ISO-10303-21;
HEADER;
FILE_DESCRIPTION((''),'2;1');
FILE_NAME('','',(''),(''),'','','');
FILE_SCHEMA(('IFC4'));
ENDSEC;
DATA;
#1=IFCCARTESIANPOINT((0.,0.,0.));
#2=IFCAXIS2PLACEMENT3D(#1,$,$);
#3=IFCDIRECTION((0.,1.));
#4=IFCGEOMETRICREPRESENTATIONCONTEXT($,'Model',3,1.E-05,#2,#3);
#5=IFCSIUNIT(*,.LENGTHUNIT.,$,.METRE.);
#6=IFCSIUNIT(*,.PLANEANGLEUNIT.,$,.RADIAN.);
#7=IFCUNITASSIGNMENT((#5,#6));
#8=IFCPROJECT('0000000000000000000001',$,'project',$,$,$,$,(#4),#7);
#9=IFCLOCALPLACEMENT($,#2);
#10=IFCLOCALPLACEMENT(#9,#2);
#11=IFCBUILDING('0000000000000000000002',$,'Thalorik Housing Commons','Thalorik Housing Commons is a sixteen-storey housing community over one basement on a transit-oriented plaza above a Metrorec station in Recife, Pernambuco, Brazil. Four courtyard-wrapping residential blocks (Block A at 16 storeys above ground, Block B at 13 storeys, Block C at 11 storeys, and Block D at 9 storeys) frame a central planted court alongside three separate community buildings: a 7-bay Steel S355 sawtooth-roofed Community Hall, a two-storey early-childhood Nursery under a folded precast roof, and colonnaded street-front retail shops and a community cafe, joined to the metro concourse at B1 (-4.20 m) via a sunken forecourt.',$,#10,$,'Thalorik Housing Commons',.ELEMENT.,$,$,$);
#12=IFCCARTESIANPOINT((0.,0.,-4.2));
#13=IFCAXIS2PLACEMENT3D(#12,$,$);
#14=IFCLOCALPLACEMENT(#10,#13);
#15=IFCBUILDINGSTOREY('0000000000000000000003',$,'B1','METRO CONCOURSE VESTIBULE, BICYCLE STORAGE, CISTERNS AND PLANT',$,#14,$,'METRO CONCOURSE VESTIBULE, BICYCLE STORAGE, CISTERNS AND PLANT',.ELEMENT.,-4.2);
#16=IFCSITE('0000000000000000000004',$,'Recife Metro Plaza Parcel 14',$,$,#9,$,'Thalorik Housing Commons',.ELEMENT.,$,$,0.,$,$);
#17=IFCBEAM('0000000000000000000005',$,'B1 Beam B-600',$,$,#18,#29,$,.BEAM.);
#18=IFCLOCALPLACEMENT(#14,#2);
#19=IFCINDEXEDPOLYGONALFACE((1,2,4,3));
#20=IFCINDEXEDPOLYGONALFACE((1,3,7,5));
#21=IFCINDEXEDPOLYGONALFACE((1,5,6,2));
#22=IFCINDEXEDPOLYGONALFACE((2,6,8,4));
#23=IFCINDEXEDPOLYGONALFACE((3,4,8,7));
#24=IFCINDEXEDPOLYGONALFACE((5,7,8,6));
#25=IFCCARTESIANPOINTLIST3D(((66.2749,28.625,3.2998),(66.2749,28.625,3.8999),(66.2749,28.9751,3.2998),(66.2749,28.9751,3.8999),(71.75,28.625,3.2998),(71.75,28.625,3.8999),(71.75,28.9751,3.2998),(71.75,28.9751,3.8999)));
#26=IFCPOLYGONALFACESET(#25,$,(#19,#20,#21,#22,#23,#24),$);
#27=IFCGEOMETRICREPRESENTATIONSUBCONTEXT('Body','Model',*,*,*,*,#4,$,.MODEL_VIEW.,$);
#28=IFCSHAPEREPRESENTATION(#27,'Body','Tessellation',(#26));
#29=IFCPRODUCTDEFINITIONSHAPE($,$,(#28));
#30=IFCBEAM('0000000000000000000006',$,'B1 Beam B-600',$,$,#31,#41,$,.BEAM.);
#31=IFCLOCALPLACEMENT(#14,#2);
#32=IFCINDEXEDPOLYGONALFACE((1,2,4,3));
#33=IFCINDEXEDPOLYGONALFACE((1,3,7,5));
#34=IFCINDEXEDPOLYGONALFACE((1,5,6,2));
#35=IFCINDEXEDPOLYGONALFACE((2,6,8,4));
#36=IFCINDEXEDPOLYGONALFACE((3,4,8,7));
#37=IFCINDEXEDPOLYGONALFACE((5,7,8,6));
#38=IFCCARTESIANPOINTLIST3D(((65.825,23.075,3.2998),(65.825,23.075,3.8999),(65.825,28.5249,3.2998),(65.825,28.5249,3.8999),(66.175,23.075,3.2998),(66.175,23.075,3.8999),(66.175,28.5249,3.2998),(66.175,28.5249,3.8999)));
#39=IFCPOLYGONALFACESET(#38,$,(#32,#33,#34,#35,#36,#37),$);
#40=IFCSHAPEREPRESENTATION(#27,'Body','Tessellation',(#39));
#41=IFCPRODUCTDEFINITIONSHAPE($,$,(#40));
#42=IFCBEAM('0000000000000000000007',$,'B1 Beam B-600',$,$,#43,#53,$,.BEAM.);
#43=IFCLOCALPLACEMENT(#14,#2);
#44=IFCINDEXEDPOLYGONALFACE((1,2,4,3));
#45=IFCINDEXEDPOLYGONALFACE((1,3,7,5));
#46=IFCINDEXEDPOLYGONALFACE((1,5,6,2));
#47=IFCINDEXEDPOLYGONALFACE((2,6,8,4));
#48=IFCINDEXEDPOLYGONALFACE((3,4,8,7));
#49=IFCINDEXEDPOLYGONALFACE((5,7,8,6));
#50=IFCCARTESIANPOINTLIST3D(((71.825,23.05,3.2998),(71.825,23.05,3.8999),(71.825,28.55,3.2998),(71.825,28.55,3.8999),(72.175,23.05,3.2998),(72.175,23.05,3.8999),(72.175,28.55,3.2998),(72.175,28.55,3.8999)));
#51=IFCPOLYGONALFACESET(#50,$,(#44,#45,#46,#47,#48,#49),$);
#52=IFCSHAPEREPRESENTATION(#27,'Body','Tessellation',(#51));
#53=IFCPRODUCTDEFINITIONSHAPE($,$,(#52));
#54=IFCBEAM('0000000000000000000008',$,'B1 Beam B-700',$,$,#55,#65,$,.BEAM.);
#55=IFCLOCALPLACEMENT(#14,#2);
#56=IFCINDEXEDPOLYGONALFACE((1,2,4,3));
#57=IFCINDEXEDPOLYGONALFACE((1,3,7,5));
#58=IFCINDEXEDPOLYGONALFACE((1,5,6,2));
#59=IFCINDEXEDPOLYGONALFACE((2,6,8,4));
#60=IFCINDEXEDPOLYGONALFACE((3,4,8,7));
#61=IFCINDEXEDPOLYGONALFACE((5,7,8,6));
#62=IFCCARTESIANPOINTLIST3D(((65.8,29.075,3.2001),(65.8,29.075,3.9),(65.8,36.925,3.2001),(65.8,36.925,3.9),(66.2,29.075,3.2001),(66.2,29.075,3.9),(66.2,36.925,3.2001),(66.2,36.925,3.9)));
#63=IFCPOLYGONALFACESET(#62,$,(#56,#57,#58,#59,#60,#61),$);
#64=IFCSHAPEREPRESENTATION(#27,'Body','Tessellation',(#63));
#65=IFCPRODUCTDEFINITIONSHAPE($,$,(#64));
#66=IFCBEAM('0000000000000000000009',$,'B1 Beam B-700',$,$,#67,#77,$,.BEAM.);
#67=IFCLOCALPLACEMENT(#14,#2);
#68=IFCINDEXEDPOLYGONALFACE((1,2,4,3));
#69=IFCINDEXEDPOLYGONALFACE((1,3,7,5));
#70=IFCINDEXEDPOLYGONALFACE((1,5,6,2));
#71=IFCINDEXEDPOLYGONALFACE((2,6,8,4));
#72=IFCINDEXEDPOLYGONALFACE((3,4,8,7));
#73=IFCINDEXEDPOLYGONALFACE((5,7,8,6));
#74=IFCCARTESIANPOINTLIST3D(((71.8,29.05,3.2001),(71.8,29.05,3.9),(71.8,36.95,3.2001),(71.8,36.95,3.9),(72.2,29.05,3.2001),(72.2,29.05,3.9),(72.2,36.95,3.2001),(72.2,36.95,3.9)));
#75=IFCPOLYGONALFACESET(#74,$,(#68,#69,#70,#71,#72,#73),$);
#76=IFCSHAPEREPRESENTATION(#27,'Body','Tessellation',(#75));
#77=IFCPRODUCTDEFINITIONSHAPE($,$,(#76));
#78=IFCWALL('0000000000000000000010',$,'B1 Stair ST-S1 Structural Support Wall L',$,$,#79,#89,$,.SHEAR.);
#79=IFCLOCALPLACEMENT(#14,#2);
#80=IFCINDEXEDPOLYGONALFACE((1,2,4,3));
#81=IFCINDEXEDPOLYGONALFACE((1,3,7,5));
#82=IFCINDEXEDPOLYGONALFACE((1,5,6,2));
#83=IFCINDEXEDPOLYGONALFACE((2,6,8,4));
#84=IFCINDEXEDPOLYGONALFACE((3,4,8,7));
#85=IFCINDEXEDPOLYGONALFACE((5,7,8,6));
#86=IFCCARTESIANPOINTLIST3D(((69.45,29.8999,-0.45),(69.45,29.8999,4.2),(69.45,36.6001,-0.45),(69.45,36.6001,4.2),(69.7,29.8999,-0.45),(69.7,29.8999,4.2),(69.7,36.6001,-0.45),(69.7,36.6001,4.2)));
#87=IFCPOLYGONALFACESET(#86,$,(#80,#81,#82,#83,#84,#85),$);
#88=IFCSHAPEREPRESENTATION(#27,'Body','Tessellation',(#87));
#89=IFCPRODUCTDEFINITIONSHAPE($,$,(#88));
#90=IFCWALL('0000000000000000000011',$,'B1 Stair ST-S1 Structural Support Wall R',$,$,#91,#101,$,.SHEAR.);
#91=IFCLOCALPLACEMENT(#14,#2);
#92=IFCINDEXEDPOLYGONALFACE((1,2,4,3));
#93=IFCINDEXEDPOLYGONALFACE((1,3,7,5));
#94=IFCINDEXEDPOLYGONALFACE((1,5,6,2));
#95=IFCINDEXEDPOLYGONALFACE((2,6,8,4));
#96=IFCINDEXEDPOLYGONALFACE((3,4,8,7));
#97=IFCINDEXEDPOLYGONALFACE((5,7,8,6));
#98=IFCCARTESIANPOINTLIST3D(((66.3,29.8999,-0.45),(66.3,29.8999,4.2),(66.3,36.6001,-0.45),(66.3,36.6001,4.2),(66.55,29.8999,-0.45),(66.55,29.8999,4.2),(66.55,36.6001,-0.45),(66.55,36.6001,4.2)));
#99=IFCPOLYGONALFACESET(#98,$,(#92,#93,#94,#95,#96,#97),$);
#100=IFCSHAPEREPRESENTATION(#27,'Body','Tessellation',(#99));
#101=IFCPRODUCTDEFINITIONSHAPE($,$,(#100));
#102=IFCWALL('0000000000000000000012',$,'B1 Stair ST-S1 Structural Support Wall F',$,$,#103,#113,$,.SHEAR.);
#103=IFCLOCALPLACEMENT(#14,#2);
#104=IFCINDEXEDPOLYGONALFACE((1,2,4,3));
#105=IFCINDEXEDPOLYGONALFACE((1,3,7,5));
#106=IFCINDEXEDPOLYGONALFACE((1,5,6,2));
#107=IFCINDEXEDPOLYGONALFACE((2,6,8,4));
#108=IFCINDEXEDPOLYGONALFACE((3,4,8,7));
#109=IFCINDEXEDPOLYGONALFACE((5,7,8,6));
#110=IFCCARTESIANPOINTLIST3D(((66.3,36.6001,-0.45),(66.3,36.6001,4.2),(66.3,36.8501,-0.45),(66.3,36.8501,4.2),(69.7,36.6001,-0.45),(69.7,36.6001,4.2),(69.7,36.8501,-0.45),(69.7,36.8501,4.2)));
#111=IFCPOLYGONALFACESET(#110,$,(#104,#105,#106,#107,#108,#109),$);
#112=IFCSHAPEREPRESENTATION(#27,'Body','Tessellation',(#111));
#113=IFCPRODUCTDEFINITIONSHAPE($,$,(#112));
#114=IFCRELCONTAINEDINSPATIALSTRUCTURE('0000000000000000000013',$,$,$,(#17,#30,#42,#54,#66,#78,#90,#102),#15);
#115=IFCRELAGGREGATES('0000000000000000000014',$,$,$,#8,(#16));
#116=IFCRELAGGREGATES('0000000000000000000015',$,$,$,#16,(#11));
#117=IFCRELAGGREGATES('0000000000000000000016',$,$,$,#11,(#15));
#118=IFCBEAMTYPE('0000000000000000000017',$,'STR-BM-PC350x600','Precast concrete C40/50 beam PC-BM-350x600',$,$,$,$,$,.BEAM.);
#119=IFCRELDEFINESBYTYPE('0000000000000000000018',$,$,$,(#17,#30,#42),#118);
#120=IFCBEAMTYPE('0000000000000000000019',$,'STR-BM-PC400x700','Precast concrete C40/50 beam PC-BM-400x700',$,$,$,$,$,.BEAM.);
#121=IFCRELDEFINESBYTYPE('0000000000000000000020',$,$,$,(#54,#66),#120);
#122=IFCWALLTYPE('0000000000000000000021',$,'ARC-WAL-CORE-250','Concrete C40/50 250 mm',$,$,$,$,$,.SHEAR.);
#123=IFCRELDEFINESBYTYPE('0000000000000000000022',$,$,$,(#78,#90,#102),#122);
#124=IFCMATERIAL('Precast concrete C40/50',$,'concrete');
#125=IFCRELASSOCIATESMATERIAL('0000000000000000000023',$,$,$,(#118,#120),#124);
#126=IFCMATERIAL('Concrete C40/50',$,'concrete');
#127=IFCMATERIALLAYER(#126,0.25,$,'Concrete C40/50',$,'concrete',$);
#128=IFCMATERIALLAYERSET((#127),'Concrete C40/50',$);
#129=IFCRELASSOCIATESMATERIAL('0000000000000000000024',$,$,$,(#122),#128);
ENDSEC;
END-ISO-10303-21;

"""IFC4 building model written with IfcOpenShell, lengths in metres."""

from ifc_helpers import new_model, si_unit, direction, frame, frame_2d, origin, origin_2d, place, context, subcontext, project, spatial, rectangle, extrude, material, layer, layer_set, material_profile, profile_set, type_object, element, save


model = new_model("IFC4")

# Units and contexts
model_context = context("Model", 3, precision=1e-05, world=origin(), true_north=direction((0.0, 1.0)))
body_context = subcontext(model_context, "Body", "Model", "MODEL_VIEW")
ifc_project = project(units=[si_unit("LENGTHUNIT", "METRE"), si_unit("PLANEANGLEUNIT", "RADIAN")], contexts=[model_context])

# Site, building, storey
site_placement = place(None, origin())
site = spatial("IfcSite", under=ifc_project, at=site_placement, Name="Recife Metro Plaza Parcel 14", LongName="Thalorik Housing Commons", CompositionType="ELEMENT", RefElevation=0.0)
building_placement = place(site_placement, origin())
building = spatial("IfcBuilding", under=site, at=building_placement, Name="Thalorik Housing Commons", Description="Thalorik Housing Commons is a sixteen-storey housing community over one basement on a transit-oriented plaza above a Metrorec station in Recife, Pernambuco, Brazil. Four courtyard-wrapping residential blocks (Block A at 16 storeys above ground, Block B at 13 storeys, Block C at 11 storeys, and Block D at 9 storeys) frame a central planted court alongside three separate community buildings: a 7-bay Steel S355 sawtooth-roofed Community Hall, a two-storey early-childhood Nursery under a folded precast roof, and colonnaded street-front retail shops and a community cafe, joined to the metro concourse at B1 (-4.20 m) via a sunken forecourt.", LongName="Thalorik Housing Commons", CompositionType="ELEMENT")
storey_placement = place(building_placement, frame((0.0, 0.0, -4.2)))
storey = spatial("IfcBuildingStorey", under=building, at=storey_placement, Name="B1", Description="METRO CONCOURSE VESTIBULE, BICYCLE STORAGE, CISTERNS AND PLANT", LongName="METRO CONCOURSE VESTIBULE, BICYCLE STORAGE, CISTERNS AND PLANT", CompositionType="ELEMENT", Elevation=-4.2)

# Shared definitions
ifc_material_1 = material(Name="Concrete C40/50", Category="concrete")

# Shared definitions
ifc_material_2 = material(Name="Precast concrete C40/50", Category="concrete")

# Beams
ifc_material_profile_1 = material_profile(ifc_material_2, rectangle(XDim=0.3501, YDim=0.6001, at=origin_2d()), Name="PC 350x600", Category="concrete")
ifc_profile_set_1 = profile_set([ifc_material_profile_1], Name="Precast concrete C40/50")
beam_type_1 = type_object("IfcBeamType", Name="STR-BM-PC350x600", Description="Precast concrete C40/50 beam PC-BM-350x600", PredefinedType="BEAM", material=ifc_profile_set_1)
for number, where, z_axis, x_axis, name in (
    (1, (66.2749, 28.8, 3.5999), (1.0, 0.0, 0.0), (0.0, 1.0, 0.0), "B1 Beam B-600"),
):
    element("IfcBeam", number, at=place(storey_placement, frame(where, z_axis=z_axis, x_axis=x_axis)), inside=storey, type_object=beam_type_1, Name=name, PredefinedType="BEAM", context=body_context, shape_type="SweptSolid", body=[
        extrude(rectangle(XDim=0.3501, YDim=0.6001, at=origin_2d()), origin(), (0.0, 0.0, 1.0), 5.4751),
    ])
beam_1_placement = place(storey_placement, frame((66.0, 23.075, 3.5999), z_axis=(0.0, 1.0, 0.0), x_axis=(-1.0, 0.0, 0.0)))
element("IfcBeam", 2, at=beam_1_placement, inside=storey, type_object=beam_type_1, Name="B1 Beam B-600", PredefinedType="BEAM", context=body_context, shape_type="SweptSolid", body=[
    extrude(rectangle(XDim=0.3501, YDim=0.6001, at=origin_2d()), origin(), (0.0, 0.0, 1.0), 5.45),
])
beam_2_placement = place(storey_placement, frame((72.0, 23.05, 3.5999), z_axis=(0.0, 1.0, 0.0), x_axis=(-1.0, 0.0, 0.0)))
element("IfcBeam", 3, at=beam_2_placement, inside=storey, type_object=beam_type_1, Name="B1 Beam B-600", PredefinedType="BEAM", context=body_context, shape_type="SweptSolid", body=[
    extrude(rectangle(XDim=0.3501, YDim=0.6001, at=origin_2d()), origin(), (0.0, 0.0, 1.0), 5.5),
])
ifc_material_profile_2 = material_profile(ifc_material_2, rectangle(XDim=0.3999, YDim=0.7, at=origin_2d()), Name="PC 400x700", Category="concrete")
ifc_profile_set_2 = profile_set([ifc_material_profile_2], Name="Precast concrete C40/50")
beam_type_2 = type_object("IfcBeamType", Name="STR-BM-PC400x700", Description="Precast concrete C40/50 beam PC-BM-400x700", PredefinedType="BEAM", material=ifc_profile_set_2)
beam_3_placement = place(storey_placement, frame((66.0, 29.075, 3.55), z_axis=(0.0, 1.0, 0.0), x_axis=(-1.0, 0.0, 0.0)))
element("IfcBeam", 4, at=beam_3_placement, inside=storey, type_object=beam_type_2, Name="B1 Beam B-700", PredefinedType="BEAM", context=body_context, shape_type="SweptSolid", body=[
    extrude(rectangle(XDim=0.3999, YDim=0.7, at=origin_2d()), origin(), (0.0, 0.0, 1.0), 7.8501),
])
beam_4_placement = place(storey_placement, frame((72.0, 29.05, 3.55), z_axis=(0.0, 1.0, 0.0), x_axis=(-1.0, 0.0, 0.0)))
element("IfcBeam", 5, at=beam_4_placement, inside=storey, type_object=beam_type_2, Name="B1 Beam B-700", PredefinedType="BEAM", context=body_context, shape_type="SweptSolid", body=[
    extrude(rectangle(XDim=0.3999, YDim=0.7, at=origin_2d()), origin(), (0.0, 0.0, 1.0), 7.8999),
])

# Walls
ifc_layer = layer(ifc_material_1, 0.25, Name="Concrete C40/50", Category="concrete")
ifc_layer_set = layer_set([ifc_layer], Name="Concrete C40/50")
wall_type = type_object("IfcWallType", Name="ARC-WAL-CORE-250", Description="Concrete C40/50 250 mm", PredefinedType="SHEAR", material=ifc_layer_set)
for number, where, z_axis, x_axis, name in (
    (6, (69.575, 29.8999, -0.45), (0.0, 0.0, 1.0), (0.0, 1.0, 0.0), "B1 Stair ST-S1 Structural Support Wall L"),
    (7, (66.425, 29.8999, -0.45), (0.0, 0.0, 1.0), (0.0, 1.0, 0.0), "B1 Stair ST-S1 Structural Support Wall R"),
):
    element("IfcWall", number, at=place(storey_placement, frame(where, z_axis=z_axis, x_axis=x_axis)), inside=storey, type_object=wall_type, Name=name, PredefinedType="SHEAR", context=body_context, shape_type="SweptSolid", body=[
        extrude(rectangle(XDim=6.7002, YDim=0.25, at=frame_2d((3.3501, 0.0))), origin(), (0.0, 0.0, 1.0), 4.6499),
    ])
wall_placement = place(storey_placement, frame((69.7, 36.7251, -0.45), z_axis=(0.0, 0.0, 1.0), x_axis=(-1.0, 0.0, 0.0)))
element("IfcWall", 8, at=wall_placement, inside=storey, type_object=wall_type, Name="B1 Stair ST-S1 Structural Support Wall F", PredefinedType="SHEAR", context=body_context, shape_type="SweptSolid", body=[
    extrude(rectangle(XDim=3.3999, YDim=0.25, at=frame_2d((1.7, 0.0))), origin(), (0.0, 0.0, 1.0), 4.6499),
])

save(model, "model.ifc")
